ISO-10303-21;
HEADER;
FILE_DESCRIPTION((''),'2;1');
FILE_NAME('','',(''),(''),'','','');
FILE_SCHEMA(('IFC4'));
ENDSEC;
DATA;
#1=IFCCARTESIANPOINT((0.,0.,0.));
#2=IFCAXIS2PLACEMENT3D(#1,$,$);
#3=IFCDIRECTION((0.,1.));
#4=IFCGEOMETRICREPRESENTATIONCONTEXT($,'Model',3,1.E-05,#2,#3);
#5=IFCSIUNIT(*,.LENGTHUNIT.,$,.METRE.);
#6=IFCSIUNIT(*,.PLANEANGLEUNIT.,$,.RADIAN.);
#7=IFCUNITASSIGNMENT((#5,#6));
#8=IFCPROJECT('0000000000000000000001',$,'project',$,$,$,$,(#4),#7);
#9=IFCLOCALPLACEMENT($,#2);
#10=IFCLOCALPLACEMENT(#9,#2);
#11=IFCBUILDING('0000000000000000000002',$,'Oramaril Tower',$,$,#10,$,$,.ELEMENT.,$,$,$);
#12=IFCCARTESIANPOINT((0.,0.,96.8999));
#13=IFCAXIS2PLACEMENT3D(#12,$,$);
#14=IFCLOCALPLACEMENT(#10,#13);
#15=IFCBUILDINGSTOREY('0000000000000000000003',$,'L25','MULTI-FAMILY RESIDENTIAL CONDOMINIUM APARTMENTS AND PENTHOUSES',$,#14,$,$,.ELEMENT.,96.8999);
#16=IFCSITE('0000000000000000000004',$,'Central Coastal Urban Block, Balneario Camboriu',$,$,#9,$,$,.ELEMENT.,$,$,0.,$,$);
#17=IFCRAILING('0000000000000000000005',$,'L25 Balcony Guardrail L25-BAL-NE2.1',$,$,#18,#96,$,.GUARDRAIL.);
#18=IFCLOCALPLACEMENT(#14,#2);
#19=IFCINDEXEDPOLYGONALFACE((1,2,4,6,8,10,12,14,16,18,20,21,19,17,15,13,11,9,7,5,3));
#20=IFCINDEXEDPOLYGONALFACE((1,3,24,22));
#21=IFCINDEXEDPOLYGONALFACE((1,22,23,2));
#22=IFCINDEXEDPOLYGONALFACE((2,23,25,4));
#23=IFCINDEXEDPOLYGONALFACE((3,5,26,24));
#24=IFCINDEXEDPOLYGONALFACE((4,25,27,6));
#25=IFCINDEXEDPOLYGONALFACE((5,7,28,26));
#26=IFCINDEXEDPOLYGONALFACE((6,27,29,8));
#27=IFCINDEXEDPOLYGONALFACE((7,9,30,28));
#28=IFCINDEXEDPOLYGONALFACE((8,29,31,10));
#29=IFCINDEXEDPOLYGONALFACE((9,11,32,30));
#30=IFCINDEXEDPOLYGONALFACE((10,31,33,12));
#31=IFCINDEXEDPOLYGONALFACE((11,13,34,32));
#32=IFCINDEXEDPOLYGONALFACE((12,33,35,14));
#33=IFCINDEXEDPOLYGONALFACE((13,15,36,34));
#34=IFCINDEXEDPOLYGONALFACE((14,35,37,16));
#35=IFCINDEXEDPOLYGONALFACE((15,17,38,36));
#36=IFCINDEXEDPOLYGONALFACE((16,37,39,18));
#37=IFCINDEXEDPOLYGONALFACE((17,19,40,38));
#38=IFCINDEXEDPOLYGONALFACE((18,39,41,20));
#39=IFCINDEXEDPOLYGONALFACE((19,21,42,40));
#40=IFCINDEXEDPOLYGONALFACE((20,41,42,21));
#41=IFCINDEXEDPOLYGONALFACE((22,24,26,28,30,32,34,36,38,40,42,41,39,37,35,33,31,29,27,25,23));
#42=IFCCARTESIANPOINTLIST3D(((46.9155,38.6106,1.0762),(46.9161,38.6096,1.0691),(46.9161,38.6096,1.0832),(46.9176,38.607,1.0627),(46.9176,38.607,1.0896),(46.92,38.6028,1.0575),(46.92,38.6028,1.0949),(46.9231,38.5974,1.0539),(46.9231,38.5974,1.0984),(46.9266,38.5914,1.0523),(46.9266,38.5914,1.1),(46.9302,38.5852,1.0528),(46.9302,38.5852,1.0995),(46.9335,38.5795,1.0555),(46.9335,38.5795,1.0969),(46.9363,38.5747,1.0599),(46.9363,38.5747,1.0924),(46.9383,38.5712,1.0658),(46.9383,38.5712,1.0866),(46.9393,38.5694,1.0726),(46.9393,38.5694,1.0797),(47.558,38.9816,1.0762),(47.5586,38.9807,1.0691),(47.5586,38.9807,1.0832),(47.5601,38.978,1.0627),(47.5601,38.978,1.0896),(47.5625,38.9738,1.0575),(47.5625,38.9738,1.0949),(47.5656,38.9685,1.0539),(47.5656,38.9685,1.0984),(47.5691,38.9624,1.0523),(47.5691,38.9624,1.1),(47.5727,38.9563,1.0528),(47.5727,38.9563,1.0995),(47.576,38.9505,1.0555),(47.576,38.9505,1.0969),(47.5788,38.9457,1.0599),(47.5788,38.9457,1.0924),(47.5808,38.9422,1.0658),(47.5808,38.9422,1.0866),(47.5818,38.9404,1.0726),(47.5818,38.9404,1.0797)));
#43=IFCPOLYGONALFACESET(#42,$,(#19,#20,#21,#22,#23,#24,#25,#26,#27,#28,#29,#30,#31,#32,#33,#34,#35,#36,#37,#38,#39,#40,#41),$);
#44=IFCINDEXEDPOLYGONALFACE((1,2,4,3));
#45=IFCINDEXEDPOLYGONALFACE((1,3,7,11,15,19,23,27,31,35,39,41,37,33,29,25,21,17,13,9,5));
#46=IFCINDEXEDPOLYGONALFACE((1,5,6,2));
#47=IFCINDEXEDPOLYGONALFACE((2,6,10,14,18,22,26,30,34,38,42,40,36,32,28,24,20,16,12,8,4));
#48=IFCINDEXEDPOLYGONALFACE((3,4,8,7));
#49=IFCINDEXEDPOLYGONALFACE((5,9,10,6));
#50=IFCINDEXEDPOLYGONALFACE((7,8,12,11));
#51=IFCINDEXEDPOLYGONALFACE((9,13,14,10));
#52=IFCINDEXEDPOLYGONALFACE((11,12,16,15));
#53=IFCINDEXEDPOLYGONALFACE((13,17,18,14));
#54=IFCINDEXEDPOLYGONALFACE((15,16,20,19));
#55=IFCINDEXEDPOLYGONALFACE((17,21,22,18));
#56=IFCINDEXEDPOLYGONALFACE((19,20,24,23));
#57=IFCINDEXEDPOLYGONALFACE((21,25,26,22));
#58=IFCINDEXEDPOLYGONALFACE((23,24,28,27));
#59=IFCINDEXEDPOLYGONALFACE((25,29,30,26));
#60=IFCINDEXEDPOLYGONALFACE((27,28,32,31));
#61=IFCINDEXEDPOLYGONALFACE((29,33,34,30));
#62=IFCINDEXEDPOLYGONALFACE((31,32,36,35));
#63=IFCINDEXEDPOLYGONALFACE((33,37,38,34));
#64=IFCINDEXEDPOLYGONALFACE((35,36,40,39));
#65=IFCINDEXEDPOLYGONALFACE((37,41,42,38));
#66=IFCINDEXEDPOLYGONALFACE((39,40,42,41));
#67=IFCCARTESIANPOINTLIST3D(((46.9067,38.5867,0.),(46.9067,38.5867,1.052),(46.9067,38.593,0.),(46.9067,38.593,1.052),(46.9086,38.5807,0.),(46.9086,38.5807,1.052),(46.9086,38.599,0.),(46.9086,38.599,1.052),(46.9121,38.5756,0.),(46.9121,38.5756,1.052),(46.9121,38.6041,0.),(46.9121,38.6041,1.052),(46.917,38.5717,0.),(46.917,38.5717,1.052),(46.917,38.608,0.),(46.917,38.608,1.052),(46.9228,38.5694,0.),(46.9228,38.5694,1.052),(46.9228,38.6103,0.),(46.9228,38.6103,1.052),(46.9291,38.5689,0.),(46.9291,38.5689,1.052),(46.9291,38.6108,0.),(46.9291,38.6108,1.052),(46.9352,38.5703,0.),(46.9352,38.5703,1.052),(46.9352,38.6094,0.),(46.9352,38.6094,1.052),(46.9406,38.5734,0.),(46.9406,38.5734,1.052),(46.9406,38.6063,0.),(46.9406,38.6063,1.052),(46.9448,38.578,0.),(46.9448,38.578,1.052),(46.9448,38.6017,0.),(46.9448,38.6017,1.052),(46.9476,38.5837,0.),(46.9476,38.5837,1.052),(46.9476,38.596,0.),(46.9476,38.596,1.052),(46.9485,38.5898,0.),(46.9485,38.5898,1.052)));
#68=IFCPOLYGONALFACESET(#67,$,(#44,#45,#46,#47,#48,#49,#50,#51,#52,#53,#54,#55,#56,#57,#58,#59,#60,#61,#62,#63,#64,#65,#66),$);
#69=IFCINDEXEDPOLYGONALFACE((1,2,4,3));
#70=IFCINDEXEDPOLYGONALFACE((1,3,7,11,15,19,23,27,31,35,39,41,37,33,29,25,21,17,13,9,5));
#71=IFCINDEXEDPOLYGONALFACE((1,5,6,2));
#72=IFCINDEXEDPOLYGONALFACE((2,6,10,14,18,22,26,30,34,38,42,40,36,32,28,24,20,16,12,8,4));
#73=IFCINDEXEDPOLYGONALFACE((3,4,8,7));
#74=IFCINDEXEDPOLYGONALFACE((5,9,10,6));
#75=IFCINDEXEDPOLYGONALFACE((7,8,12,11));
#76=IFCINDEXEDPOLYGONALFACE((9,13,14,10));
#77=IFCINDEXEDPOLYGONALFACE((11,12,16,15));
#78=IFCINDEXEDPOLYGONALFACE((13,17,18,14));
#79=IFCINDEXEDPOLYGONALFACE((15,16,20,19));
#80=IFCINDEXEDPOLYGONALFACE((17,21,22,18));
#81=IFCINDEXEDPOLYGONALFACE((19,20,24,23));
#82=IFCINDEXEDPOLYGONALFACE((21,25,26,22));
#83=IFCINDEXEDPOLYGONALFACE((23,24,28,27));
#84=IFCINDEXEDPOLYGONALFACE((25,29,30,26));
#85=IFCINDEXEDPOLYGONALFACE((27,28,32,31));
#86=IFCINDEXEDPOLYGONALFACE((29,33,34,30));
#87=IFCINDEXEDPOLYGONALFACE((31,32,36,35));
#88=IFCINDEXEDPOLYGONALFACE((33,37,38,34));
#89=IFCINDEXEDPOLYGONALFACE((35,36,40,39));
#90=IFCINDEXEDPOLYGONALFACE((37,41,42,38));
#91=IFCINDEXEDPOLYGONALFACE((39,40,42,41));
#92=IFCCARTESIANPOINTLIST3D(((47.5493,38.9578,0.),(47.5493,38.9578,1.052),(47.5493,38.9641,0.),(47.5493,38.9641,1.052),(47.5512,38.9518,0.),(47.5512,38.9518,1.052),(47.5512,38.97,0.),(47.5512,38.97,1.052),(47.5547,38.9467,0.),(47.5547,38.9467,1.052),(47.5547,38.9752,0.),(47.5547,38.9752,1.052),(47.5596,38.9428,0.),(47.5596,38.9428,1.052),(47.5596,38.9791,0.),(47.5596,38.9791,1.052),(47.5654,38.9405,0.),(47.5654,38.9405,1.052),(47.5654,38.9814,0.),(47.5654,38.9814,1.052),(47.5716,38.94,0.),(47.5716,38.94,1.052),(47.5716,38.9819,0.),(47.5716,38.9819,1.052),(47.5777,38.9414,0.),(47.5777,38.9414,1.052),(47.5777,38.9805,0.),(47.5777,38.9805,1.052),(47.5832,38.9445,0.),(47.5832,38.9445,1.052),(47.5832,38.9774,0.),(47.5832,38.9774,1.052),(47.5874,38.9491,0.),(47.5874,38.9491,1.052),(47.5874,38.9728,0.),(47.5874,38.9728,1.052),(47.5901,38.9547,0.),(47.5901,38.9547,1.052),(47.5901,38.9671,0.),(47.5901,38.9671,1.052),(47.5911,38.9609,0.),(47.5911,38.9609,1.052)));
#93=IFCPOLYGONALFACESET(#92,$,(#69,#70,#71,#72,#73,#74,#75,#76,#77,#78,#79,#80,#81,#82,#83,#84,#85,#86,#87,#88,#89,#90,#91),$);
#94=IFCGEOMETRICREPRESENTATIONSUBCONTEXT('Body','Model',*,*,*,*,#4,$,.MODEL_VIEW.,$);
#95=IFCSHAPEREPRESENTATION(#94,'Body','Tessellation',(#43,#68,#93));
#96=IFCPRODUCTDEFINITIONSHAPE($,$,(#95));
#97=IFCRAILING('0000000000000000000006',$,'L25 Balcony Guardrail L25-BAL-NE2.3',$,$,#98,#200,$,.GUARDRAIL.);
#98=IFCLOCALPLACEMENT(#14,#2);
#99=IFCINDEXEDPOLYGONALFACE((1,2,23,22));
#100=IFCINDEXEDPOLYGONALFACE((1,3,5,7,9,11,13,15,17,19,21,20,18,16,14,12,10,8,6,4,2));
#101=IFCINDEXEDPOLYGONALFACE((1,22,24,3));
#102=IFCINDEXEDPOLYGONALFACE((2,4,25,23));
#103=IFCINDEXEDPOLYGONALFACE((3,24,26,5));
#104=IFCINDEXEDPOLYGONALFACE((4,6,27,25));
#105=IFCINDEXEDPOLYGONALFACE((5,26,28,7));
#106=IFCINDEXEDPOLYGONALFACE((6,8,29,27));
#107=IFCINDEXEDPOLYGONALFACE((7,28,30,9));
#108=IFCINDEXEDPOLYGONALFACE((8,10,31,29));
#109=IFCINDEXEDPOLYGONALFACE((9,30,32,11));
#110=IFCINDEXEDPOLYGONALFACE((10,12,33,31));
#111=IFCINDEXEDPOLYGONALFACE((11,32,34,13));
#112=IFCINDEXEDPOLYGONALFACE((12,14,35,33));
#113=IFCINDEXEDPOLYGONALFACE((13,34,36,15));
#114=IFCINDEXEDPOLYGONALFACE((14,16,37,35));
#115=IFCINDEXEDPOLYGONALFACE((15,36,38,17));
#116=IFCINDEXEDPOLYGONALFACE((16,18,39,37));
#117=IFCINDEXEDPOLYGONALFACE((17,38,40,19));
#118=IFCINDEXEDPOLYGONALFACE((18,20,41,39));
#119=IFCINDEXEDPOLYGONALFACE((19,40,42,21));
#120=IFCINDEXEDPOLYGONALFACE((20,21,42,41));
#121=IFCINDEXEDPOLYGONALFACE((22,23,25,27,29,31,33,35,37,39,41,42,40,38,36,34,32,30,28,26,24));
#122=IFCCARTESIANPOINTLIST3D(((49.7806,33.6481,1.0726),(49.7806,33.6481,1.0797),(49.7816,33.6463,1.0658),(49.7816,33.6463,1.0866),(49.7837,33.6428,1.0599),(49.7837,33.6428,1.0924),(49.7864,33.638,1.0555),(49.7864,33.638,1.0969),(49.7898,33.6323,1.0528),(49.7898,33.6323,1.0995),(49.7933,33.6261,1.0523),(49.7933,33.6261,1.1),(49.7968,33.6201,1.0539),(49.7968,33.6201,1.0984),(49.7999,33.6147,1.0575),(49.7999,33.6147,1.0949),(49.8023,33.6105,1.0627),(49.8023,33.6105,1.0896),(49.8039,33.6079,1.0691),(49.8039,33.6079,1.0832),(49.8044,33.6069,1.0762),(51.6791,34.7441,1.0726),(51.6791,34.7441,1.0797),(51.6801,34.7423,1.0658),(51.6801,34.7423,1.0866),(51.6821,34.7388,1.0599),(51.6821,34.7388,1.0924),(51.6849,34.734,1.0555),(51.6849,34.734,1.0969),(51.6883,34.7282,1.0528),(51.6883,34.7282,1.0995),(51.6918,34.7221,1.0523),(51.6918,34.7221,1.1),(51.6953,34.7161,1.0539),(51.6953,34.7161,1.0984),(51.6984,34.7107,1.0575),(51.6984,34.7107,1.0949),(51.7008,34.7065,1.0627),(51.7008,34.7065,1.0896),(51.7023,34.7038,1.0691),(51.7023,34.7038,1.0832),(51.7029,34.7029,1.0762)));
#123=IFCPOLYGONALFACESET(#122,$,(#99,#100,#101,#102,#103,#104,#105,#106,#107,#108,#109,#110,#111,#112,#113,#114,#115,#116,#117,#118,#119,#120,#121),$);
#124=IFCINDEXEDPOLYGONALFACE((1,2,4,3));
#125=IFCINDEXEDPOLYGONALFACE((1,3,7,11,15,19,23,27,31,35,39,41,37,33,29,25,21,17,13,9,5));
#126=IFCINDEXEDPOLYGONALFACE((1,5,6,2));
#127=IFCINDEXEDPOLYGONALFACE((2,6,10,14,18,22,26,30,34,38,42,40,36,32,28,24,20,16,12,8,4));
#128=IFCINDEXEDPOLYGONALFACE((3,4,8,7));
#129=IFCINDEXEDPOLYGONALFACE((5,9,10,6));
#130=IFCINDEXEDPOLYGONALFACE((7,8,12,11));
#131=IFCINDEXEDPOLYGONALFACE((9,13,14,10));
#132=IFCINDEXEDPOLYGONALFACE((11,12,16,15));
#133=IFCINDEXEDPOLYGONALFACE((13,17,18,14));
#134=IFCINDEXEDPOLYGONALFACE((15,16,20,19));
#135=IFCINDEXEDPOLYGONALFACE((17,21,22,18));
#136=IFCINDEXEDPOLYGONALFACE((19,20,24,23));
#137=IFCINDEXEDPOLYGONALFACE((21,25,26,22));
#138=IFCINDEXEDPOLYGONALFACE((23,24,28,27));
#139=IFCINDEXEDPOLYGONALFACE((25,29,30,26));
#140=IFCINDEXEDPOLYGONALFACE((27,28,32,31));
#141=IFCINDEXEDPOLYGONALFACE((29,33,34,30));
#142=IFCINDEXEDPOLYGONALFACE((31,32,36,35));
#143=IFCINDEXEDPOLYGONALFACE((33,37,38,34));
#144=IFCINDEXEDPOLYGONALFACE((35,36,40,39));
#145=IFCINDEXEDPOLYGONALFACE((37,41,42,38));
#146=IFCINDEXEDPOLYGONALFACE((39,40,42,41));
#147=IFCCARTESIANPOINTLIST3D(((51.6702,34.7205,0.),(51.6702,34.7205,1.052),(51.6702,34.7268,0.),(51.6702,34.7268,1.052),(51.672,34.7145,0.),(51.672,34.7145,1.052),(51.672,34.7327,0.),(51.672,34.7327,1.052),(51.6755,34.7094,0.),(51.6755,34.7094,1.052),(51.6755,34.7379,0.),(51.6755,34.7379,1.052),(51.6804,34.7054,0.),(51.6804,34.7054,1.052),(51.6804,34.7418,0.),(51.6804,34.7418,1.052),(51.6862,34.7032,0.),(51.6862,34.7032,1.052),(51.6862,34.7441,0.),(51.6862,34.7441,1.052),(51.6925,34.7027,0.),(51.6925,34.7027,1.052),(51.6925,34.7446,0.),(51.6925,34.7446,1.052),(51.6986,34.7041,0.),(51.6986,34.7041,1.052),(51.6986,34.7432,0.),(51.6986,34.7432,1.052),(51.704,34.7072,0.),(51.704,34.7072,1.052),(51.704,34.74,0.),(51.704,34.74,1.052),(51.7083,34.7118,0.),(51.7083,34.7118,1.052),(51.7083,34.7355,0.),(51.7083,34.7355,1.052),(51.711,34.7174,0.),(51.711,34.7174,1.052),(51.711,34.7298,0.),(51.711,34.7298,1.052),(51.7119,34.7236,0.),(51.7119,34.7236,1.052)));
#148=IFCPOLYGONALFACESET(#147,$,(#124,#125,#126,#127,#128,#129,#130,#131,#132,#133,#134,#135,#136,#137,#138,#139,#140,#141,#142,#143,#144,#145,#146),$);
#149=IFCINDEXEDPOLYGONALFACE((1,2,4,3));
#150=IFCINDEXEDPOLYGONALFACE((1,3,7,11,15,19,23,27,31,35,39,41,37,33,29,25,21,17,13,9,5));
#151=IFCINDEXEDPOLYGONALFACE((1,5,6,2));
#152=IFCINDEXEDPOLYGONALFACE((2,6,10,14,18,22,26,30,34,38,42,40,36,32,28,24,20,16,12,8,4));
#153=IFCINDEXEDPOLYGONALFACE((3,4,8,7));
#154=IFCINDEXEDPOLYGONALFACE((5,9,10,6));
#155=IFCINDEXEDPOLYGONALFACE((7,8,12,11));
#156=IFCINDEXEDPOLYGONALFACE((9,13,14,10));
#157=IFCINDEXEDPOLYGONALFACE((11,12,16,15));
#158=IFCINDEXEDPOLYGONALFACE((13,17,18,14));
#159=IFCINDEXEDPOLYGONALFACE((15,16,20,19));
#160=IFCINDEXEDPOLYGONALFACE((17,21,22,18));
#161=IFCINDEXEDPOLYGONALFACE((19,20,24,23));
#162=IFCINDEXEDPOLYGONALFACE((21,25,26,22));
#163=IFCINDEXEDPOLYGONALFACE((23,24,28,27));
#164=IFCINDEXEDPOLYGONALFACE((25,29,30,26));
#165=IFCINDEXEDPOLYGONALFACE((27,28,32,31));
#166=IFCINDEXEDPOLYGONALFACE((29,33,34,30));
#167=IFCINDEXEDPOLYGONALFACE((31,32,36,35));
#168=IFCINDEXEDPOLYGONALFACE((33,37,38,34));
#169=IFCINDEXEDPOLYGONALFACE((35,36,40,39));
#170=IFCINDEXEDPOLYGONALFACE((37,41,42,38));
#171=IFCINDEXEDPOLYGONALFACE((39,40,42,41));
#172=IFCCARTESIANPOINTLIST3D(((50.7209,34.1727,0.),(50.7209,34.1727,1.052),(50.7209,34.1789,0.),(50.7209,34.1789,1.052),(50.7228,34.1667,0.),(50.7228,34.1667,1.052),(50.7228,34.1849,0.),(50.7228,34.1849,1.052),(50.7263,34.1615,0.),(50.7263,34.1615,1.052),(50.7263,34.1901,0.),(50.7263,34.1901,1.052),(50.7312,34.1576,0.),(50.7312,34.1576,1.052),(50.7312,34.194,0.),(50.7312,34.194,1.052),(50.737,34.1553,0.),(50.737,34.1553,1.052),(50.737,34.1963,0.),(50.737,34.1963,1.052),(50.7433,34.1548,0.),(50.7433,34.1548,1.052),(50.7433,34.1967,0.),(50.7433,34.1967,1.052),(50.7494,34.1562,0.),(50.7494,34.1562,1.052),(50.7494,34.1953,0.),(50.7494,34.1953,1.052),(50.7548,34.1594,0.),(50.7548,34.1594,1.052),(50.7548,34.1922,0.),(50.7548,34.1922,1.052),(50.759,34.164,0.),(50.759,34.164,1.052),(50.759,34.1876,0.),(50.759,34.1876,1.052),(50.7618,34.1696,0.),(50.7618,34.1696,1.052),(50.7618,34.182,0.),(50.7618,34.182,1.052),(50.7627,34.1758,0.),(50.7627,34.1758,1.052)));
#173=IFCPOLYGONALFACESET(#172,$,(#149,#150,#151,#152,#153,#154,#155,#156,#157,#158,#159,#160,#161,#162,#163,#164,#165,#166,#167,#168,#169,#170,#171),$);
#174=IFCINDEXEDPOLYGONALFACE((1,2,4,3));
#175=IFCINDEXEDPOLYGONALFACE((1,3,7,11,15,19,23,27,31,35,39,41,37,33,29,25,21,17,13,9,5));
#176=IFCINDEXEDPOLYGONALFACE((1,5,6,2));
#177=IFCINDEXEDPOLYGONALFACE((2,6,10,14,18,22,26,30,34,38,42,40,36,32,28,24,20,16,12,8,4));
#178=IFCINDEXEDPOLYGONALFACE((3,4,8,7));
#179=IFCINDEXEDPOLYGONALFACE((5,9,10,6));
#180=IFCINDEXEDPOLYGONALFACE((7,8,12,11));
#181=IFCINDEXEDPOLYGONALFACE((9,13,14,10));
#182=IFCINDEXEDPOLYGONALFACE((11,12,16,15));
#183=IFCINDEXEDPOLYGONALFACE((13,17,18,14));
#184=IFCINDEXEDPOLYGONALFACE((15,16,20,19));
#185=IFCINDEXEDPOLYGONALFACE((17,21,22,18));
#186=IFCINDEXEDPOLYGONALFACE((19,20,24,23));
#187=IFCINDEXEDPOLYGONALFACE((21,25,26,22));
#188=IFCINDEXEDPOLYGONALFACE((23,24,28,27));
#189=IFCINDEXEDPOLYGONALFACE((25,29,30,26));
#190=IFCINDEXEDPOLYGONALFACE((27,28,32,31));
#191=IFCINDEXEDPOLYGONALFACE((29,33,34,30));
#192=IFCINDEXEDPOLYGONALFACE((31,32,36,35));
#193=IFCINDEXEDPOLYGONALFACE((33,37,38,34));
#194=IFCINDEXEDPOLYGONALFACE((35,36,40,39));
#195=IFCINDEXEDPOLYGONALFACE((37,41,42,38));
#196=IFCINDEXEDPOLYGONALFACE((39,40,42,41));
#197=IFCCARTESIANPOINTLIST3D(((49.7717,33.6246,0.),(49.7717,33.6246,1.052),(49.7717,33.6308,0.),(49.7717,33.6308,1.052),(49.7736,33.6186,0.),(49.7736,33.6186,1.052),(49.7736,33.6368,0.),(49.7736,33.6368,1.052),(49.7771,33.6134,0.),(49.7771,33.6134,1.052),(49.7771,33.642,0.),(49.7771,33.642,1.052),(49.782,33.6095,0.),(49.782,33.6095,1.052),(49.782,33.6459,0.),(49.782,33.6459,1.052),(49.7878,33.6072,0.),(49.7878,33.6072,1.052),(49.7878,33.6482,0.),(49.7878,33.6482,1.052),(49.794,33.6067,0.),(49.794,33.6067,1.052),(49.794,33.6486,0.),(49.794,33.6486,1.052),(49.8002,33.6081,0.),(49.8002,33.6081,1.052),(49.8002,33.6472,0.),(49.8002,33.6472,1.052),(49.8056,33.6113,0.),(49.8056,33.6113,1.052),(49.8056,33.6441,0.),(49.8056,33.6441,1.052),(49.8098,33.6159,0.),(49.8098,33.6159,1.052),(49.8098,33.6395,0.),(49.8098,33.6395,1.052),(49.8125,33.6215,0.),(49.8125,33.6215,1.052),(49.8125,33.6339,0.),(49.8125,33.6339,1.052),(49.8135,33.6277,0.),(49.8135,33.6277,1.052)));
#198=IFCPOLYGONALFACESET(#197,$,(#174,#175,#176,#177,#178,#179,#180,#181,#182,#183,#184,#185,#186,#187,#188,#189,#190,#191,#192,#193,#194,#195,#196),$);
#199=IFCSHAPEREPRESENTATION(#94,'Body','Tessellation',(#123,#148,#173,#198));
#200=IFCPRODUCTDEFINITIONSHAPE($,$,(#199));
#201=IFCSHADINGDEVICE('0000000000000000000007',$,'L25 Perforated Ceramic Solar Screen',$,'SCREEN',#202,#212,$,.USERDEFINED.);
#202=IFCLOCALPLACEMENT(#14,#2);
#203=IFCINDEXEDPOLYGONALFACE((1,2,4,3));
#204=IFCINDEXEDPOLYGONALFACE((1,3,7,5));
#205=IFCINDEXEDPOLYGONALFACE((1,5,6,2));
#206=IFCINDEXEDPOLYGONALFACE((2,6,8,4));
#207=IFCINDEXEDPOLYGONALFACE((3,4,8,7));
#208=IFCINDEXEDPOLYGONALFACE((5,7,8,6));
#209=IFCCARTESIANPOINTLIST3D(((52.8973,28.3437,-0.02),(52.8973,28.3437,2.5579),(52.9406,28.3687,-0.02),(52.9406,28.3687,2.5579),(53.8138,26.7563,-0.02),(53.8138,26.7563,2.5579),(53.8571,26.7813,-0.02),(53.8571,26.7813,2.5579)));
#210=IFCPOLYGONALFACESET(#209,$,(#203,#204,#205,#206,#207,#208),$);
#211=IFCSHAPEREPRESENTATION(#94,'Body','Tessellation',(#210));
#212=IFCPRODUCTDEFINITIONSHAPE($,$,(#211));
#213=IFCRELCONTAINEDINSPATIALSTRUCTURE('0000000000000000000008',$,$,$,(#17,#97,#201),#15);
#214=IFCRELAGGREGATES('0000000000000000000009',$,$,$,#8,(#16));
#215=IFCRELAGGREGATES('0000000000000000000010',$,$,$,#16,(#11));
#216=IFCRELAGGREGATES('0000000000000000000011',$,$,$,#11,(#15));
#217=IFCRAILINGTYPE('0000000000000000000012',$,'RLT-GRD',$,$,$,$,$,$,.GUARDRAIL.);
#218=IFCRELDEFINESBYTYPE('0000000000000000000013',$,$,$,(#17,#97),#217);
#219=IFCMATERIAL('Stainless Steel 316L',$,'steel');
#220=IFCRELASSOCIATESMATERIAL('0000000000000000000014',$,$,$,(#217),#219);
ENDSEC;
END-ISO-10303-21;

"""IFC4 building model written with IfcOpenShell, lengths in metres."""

from ifc_helpers import new_model, si_unit, direction, frame, origin, origin_2d, place, context, subcontext, project, spatial, rectangle, circle, extrude, material, type_object, element, save


model = new_model("IFC4")

# Units and contexts
model_context = context("Model", 3, precision=1e-05, world=origin(), true_north=direction((0.0, 1.0)))
body_context = subcontext(model_context, "Body", "Model", "MODEL_VIEW")
ifc_project = project(units=[si_unit("LENGTHUNIT", "METRE"), si_unit("PLANEANGLEUNIT", "RADIAN")], contexts=[model_context])

# Site, building, storey
site_placement = place(None, origin())
site = spatial("IfcSite", under=ifc_project, at=site_placement, Name="Central Coastal Urban Block, Balneario Camboriu", CompositionType="ELEMENT", RefElevation=0.0)
building_placement = place(site_placement, origin())
building = spatial("IfcBuilding", under=site, at=building_placement, Name="Oramaril Tower", CompositionType="ELEMENT")
storey_placement = place(building_placement, frame((0.0, 0.0, 96.8999)))
storey = spatial("IfcBuildingStorey", under=building, at=storey_placement, Name="L25", Description="MULTI-FAMILY RESIDENTIAL CONDOMINIUM APARTMENTS AND PENTHOUSES", CompositionType="ELEMENT", Elevation=96.8999)

# Railings
ifc_material_1 = material(Name="Stainless Steel 316L", Category="steel")
railing_type = type_object("IfcRailingType", Name="RLT-GRD", PredefinedType="GUARDRAIL", material=ifc_material_1)
railing_1_placement = place(storey_placement, frame((46.9275, 38.5898, 0.0)))
element("IfcRailing", 1, at=railing_1_placement, inside=storey, type_object=railing_type, Name="L25 Balcony Guardrail L25-BAL-NE2.1", PredefinedType="GUARDRAIL", context=body_context, shape_type="SweptSolid", body=[
    extrude(circle(Radius=0.0239, at=origin_2d()), frame((0.0, 0.0, 1.0762), z_axis=(0.865966, 0.500102, 0.0), x_axis=(-0.500102, 0.865966, 0.0)), (0.0, 0.0, 1.0), 0.7419),
    extrude(circle(Radius=0.021, at=origin_2d()), origin(), (0.0, 0.0, 1.0), 1.052),
    extrude(circle(Radius=0.021, at=origin_2d()), frame((0.6426, 0.3711, 0.0)), (0.0, 0.0, 1.0), 1.052),
])
railing_2_placement = place(storey_placement, frame((51.6909, 34.7236, 0.0)))
element("IfcRailing", 2, at=railing_2_placement, inside=storey, type_object=railing_type, Name="L25 Balcony Guardrail L25-BAL-NE2.3", PredefinedType="GUARDRAIL", context=body_context, shape_type="SweptSolid", body=[
    extrude(circle(Radius=0.0239, at=origin_2d()), frame((0.0, 0.0, 1.0762), z_axis=(-0.866048, -0.49996, 0.0), x_axis=(0.49996, -0.866048, 0.0)), (0.0, 0.0, 1.0), 2.1921),
    extrude(circle(Radius=0.021, at=origin_2d()), origin(), (0.0, 0.0, 1.0), 1.052),
    extrude(circle(Radius=0.021, at=origin_2d()), frame((-0.9492, -0.5479, 0.0)), (0.0, 0.0, 1.0), 1.052),
    extrude(circle(Radius=0.021, at=origin_2d()), frame((-1.8984, -1.0959, 0.0)), (0.0, 0.0, 1.0), 1.052),
])

# Shading device
for number, where, z_axis, x_axis, name in (
    (3, (53.3772, 27.5625, -0.02), (0.0, 0.0, 1.0), (-0.5, 0.866025, 0.0), "L25 Perforated Ceramic Solar Screen"),
):
    element("IfcShadingDevice", number, at=place(storey_placement, frame(where, z_axis=z_axis, x_axis=x_axis)), inside=storey, Name=name, ObjectType="SCREEN", PredefinedType="USERDEFINED", context=body_context, shape_type="SweptSolid", body=[
        extrude(rectangle(XDim=1.833, YDim=0.05, at=origin_2d()), origin(), (0.0, 0.0, 1.0), 2.5779),
    ])

save(model, "model.ifc")
